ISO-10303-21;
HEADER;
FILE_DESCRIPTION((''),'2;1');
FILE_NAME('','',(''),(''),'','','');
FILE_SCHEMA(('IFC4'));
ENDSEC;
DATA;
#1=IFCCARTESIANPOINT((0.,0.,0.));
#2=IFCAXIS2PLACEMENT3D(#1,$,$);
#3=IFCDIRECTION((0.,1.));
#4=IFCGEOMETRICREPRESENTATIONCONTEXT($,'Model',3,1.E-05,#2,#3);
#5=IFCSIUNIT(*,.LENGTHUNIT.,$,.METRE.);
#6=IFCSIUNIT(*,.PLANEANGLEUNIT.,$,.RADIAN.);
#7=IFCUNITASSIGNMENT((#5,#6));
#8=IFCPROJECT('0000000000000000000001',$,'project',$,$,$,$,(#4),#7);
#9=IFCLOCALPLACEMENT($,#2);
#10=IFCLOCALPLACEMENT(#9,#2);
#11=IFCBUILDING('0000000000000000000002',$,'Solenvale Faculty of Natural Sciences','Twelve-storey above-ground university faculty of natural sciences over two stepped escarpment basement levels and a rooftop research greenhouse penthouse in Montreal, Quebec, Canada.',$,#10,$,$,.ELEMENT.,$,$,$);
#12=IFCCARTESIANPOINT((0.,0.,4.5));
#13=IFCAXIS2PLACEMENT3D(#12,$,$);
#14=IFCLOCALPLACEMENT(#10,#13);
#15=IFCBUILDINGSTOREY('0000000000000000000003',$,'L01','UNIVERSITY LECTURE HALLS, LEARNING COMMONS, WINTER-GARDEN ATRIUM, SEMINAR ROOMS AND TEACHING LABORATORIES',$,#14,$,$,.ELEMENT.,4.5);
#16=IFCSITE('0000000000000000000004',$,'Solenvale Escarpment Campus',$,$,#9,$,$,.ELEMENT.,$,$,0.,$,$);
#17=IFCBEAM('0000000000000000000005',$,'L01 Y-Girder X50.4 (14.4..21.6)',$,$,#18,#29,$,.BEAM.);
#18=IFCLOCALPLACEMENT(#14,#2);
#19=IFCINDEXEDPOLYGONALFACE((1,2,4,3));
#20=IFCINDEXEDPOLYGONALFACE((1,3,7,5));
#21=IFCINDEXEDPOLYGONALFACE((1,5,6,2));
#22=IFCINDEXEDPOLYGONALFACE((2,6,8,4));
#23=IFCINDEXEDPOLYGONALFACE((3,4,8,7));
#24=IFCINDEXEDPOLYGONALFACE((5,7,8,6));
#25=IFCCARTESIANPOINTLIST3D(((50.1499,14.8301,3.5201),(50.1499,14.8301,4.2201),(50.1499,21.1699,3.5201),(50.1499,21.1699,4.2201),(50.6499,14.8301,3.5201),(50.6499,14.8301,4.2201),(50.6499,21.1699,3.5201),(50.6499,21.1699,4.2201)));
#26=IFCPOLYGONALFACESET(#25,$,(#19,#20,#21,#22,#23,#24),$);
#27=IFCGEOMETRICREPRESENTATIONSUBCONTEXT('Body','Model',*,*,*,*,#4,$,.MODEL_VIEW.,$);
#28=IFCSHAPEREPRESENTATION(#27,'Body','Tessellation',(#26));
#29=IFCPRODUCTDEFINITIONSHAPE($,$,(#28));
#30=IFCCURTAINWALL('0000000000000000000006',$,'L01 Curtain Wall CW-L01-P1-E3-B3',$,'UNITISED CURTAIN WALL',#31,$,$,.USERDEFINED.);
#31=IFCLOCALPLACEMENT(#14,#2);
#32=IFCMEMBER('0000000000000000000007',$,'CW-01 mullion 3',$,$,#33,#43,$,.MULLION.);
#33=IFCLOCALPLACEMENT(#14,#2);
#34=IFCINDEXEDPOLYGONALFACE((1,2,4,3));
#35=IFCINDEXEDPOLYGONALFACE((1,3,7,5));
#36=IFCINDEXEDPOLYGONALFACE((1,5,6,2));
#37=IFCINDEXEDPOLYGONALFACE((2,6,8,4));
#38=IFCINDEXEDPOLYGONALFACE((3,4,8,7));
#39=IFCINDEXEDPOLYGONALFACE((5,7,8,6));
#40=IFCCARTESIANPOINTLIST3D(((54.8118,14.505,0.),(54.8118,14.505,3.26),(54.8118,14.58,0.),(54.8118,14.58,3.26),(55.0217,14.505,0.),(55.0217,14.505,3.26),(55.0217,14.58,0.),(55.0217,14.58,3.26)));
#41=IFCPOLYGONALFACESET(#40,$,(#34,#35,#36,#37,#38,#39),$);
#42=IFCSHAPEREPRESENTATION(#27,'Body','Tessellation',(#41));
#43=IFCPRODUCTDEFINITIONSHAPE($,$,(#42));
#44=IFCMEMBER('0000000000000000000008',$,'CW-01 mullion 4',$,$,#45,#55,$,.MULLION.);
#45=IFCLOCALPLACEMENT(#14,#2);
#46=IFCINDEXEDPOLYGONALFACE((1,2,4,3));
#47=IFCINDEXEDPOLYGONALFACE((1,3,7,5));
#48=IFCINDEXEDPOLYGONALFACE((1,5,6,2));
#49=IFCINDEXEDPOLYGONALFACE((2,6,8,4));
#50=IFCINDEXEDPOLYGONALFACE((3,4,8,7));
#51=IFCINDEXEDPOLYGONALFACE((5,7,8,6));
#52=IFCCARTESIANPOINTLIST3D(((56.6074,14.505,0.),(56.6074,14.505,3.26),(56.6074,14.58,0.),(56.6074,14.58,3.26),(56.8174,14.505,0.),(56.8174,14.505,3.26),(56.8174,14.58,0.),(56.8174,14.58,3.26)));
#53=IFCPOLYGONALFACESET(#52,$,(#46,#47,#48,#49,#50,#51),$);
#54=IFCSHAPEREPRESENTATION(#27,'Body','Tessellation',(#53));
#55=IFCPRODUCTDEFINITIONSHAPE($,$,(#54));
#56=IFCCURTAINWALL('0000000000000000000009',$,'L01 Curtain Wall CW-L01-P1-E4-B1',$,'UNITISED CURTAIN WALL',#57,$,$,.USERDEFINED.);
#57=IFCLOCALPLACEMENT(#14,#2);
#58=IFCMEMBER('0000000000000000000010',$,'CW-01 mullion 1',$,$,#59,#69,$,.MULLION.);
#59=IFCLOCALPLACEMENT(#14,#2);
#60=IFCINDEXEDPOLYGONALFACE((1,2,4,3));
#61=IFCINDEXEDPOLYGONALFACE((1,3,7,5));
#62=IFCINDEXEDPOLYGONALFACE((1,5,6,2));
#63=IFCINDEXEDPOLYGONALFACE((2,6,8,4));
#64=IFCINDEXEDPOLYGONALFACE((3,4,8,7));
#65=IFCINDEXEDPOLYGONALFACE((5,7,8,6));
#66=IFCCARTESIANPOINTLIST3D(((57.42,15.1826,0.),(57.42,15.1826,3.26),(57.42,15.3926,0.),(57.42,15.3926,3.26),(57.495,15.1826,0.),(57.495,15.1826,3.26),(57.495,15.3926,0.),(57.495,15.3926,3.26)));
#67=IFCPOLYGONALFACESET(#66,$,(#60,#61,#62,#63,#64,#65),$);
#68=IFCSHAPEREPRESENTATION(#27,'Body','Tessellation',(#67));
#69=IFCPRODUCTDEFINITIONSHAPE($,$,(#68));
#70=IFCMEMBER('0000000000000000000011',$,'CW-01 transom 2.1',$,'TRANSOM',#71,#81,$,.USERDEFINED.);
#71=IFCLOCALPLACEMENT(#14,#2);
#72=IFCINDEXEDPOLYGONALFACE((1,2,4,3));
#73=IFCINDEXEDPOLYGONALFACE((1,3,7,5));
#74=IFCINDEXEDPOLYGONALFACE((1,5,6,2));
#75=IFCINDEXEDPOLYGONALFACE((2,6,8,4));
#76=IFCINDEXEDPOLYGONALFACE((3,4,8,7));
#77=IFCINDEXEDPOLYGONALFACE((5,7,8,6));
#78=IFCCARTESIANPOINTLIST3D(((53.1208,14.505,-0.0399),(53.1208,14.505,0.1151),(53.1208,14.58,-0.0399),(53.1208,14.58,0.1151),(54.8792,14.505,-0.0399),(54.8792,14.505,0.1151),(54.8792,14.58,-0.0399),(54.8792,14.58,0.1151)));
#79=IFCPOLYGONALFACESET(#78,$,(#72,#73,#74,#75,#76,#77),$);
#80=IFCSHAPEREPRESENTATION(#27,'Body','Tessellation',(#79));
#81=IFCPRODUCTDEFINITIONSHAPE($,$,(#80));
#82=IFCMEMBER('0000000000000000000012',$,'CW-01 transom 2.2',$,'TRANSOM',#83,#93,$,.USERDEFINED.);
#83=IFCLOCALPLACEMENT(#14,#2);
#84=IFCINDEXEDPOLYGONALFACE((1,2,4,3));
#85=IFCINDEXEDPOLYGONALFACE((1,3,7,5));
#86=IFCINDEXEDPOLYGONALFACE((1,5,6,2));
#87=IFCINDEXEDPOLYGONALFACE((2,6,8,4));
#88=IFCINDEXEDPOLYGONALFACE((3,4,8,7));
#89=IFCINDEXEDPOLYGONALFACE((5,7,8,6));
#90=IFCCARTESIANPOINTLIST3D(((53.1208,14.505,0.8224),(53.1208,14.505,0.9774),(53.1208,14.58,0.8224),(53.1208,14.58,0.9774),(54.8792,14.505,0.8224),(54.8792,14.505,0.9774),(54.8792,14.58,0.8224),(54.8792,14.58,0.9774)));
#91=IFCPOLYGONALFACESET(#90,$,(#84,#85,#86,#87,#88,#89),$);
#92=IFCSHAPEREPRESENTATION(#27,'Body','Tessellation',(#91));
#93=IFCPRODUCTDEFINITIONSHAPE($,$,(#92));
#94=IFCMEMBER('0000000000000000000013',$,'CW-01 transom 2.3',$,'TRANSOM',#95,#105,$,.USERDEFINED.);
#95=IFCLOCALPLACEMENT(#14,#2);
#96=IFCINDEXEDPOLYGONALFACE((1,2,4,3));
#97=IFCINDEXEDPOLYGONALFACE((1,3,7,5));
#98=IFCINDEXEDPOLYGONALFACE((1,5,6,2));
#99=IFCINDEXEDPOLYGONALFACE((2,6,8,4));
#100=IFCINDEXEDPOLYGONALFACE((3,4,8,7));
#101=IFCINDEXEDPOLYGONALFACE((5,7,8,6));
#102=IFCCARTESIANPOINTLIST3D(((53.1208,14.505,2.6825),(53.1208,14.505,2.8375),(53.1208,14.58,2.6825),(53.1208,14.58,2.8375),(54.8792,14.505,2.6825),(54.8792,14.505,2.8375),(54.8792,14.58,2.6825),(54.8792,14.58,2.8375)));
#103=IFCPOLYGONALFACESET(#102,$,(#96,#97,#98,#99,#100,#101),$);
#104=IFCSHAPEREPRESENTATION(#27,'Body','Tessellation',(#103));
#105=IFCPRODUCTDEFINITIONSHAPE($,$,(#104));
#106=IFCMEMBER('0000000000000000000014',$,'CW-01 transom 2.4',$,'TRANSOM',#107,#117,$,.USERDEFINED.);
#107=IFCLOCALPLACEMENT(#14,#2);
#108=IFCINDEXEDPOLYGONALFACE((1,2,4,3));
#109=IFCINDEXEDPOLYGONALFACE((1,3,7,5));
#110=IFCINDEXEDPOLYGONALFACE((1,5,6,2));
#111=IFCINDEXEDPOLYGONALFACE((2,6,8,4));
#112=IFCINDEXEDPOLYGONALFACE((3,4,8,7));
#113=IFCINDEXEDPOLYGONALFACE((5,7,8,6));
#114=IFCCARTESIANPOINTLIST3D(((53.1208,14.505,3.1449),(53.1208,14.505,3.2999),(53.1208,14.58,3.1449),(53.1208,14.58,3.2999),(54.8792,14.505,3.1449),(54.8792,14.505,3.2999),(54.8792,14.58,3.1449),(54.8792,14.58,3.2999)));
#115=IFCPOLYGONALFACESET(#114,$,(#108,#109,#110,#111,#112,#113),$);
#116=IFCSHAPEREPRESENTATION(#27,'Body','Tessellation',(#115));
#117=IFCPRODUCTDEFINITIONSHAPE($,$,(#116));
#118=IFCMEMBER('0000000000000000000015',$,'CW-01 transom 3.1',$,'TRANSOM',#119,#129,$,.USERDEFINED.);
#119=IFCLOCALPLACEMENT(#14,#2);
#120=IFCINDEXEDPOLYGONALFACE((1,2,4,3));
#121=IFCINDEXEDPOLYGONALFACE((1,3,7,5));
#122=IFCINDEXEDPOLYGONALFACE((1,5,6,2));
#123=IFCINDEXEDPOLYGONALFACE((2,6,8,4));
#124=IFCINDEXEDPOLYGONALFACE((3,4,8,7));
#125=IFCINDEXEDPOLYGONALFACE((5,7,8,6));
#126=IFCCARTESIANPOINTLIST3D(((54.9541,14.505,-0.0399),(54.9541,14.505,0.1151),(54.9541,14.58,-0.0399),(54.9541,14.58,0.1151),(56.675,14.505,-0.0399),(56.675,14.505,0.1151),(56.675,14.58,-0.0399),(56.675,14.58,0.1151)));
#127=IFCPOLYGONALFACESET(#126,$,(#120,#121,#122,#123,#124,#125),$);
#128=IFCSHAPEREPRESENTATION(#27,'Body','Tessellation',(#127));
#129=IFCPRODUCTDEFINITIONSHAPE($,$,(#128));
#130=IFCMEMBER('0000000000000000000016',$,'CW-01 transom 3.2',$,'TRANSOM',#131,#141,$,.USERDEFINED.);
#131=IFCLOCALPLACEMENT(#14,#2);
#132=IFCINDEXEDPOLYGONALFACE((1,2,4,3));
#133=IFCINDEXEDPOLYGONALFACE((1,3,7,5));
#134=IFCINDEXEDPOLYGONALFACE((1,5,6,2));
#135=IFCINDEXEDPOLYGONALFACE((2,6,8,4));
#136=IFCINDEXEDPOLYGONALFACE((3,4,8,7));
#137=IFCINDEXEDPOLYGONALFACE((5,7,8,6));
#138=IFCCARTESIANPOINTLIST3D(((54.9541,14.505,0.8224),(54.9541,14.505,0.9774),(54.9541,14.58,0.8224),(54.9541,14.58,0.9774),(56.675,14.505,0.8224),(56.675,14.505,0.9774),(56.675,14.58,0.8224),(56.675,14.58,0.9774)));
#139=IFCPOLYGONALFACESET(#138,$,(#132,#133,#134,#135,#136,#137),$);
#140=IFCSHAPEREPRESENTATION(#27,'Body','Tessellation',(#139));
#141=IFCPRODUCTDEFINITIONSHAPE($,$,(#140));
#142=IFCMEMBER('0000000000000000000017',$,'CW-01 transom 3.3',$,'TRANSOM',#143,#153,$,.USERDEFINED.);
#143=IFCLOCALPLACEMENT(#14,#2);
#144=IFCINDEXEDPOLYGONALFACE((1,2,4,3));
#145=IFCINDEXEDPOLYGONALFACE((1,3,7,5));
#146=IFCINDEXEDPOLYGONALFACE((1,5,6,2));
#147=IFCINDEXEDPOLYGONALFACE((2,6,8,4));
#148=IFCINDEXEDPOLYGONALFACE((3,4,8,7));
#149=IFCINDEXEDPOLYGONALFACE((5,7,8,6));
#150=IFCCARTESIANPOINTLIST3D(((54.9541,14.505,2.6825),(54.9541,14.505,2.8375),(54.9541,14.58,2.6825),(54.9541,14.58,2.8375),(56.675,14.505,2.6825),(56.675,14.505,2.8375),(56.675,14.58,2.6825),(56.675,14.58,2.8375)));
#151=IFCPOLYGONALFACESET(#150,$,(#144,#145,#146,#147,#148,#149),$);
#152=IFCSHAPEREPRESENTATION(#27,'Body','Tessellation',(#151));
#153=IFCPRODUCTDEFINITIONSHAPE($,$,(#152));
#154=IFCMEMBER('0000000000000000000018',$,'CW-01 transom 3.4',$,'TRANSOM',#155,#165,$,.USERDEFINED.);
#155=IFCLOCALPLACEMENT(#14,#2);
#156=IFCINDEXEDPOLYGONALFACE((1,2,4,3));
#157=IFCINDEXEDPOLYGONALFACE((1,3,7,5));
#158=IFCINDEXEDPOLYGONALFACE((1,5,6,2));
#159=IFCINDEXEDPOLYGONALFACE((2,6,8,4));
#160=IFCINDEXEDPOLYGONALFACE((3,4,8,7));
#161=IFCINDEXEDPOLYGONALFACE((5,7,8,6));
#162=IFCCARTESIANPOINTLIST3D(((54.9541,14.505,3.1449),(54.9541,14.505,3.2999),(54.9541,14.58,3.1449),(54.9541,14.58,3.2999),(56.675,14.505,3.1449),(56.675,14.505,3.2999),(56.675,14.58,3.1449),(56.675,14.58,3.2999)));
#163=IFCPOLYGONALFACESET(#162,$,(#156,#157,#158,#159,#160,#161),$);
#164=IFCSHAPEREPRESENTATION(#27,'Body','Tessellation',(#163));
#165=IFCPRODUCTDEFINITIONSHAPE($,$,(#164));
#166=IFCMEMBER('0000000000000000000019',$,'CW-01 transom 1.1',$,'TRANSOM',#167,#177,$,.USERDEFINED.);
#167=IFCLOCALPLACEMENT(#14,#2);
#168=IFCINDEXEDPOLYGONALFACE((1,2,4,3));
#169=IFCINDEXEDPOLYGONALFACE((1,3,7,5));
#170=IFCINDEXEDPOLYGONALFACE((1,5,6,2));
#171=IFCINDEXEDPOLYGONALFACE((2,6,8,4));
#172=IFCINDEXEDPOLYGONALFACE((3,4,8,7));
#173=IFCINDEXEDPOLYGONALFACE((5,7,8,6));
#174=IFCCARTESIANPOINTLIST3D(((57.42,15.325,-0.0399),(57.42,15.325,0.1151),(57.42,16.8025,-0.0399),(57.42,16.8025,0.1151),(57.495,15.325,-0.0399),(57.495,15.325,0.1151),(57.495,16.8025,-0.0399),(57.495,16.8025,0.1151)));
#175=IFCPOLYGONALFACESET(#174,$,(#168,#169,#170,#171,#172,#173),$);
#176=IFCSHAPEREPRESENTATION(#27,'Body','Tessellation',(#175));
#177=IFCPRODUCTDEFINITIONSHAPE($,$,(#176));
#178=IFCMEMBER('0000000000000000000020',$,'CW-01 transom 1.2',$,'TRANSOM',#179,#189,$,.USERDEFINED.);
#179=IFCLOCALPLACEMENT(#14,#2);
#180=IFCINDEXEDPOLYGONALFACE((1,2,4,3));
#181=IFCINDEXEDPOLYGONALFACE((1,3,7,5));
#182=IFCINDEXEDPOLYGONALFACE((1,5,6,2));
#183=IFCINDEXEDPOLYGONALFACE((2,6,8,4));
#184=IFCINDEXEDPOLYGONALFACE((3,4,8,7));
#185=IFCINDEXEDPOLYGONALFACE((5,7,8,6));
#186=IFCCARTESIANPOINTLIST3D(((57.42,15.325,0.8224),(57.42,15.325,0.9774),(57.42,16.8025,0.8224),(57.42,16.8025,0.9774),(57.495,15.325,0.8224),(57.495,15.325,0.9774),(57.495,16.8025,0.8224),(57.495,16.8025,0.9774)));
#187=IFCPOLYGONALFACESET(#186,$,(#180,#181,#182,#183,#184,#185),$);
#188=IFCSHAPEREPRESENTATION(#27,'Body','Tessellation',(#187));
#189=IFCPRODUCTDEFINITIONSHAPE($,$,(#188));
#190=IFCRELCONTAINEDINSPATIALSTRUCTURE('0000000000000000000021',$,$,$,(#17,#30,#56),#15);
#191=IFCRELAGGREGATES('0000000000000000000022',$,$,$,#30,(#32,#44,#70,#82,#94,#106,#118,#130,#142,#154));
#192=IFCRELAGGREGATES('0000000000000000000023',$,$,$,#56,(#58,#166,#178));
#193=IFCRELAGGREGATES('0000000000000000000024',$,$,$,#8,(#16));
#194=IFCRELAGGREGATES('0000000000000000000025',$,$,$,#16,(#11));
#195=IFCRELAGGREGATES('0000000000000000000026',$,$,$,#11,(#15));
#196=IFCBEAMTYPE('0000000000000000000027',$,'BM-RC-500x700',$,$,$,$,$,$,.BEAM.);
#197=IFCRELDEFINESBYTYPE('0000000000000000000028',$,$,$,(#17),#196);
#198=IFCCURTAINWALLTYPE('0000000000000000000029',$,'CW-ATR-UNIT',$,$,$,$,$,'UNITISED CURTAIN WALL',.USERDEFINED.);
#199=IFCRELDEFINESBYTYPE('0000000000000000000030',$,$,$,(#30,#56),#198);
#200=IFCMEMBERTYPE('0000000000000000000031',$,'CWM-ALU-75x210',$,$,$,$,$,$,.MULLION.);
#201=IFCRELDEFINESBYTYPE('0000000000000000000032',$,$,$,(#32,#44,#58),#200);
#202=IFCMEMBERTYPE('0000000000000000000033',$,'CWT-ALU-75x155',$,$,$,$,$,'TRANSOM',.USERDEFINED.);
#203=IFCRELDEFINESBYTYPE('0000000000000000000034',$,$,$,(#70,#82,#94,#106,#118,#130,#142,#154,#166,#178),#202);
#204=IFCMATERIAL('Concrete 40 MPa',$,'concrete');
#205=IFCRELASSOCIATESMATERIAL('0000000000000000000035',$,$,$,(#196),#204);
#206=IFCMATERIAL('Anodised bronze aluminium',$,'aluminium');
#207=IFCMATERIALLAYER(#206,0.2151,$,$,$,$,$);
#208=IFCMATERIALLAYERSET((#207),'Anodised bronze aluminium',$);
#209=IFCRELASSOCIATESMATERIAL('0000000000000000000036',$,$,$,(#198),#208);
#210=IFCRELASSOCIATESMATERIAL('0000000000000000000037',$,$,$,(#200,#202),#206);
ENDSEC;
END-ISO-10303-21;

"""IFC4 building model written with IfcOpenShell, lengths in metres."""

from ifc_helpers import new_model, si_unit, direction, frame, origin, origin_2d, place, context, subcontext, project, spatial, rectangle, extrude, material, layer, layer_set, material_profile, profile_set, type_object, element, aggregate, save


model = new_model("IFC4")

# Units and contexts
model_context = context("Model", 3, precision=1e-05, world=origin(), true_north=direction((0.0, 1.0)))
body_context = subcontext(model_context, "Body", "Model", "MODEL_VIEW")
ifc_project = project(units=[si_unit("LENGTHUNIT", "METRE"), si_unit("PLANEANGLEUNIT", "RADIAN")], contexts=[model_context])

# Site, building, storey
site_placement = place(None, origin())
site = spatial("IfcSite", under=ifc_project, at=site_placement, Name="Solenvale Escarpment Campus", CompositionType="ELEMENT", RefElevation=0.0)
building_placement = place(site_placement, origin())
building = spatial("IfcBuilding", under=site, at=building_placement, Name="Solenvale Faculty of Natural Sciences", Description="Twelve-storey above-ground university faculty of natural sciences over two stepped escarpment basement levels and a rooftop research greenhouse penthouse in Montreal, Quebec, Canada.", CompositionType="ELEMENT")
storey_placement = place(building_placement, frame((0.0, 0.0, 4.5)))
storey = spatial("IfcBuildingStorey", under=building, at=storey_placement, Name="L01", Description="UNIVERSITY LECTURE HALLS, LEARNING COMMONS, WINTER-GARDEN ATRIUM, SEMINAR ROOMS AND TEACHING LABORATORIES", CompositionType="ELEMENT", Elevation=4.5)

# Beam
ifc_material_1 = material(Name="Concrete 40 MPa", Category="concrete")
ifc_material_profile_1 = material_profile(ifc_material_1, rectangle(XDim=0.5, YDim=0.7, at=origin_2d()), Name="RC-BM-500x700")
ifc_profile_set_1 = profile_set([ifc_material_profile_1], Name="Concrete 40 MPa")
beam_type = type_object("IfcBeamType", Name="BM-RC-500x700", PredefinedType="BEAM", material=ifc_profile_set_1)
beam_placement = place(storey_placement, frame((50.3999, 14.8301, 3.8701), z_axis=(0.0, 1.0, 0.0), x_axis=(-1.0, 0.0, 0.0)))
element("IfcBeam", 1, at=beam_placement, inside=storey, type_object=beam_type, Name="L01 Y-Girder X50.4 (14.4..21.6)", PredefinedType="BEAM", context=body_context, shape_type="SweptSolid", body=[
    extrude(rectangle(XDim=0.5, YDim=0.7, at=origin_2d()), origin(), (0.0, 0.0, 1.0), 6.3398),
])

# Curtain wall, members
ifc_material_2 = material(Name="Anodised bronze aluminium", Category="aluminium")
ifc_layer_1 = layer(ifc_material_2, 0.2151)
ifc_layer_set_1 = layer_set([ifc_layer_1], Name="Anodised bronze aluminium")
curtain_wall_type = type_object("IfcCurtainWallType", Name="CW-ATR-UNIT", ElementType="UNITISED CURTAIN WALL", PredefinedType="USERDEFINED", material=ifc_layer_set_1)
curtain_wall_1_placement = place(storey_placement, origin())
curtain_wall_1 = element("IfcCurtainWall", 2, at=curtain_wall_1_placement, inside=storey, type_object=curtain_wall_type, Name="L01 Curtain Wall CW-L01-P1-E3-B3", ObjectType="UNITISED CURTAIN WALL", PredefinedType="USERDEFINED")
ifc_material_profile_2 = material_profile(ifc_material_2, rectangle(XDim=0.075, YDim=0.21, at=origin_2d()), Name="ALU-MUL-75x210")
ifc_profile_set_2 = profile_set([ifc_material_profile_2], Name="Anodised bronze aluminium")
member_type_1 = type_object("IfcMemberType", Name="CWM-ALU-75x210", PredefinedType="MULLION", material=ifc_profile_set_2)
member_1_placement = place(storey_placement, frame((54.9167, 14.5425, 0.0), z_axis=(0.0, 0.0, 1.0), x_axis=(0.0, 1.0, 0.0)))
member_1 = element("IfcMember", 3, at=member_1_placement, type_object=member_type_1, Name="CW-01 mullion 3", PredefinedType="MULLION", context=body_context, shape_type="SweptSolid", body=[
    extrude(rectangle(XDim=0.075, YDim=0.21, at=origin_2d()), origin(), (0.0, 0.0, 1.0), 3.26),
])
member_2_placement = place(storey_placement, frame((56.7124, 14.5425, 0.0), z_axis=(0.0, 0.0, 1.0), x_axis=(0.0, 1.0, 0.0)))
member_2 = element("IfcMember", 4, at=member_2_placement, type_object=member_type_1, Name="CW-01 mullion 4", PredefinedType="MULLION", context=body_context, shape_type="SweptSolid", body=[
    extrude(rectangle(XDim=0.075, YDim=0.21, at=origin_2d()), origin(), (0.0, 0.0, 1.0), 3.26),
])

# Curtain wall, member
curtain_wall_2_placement = place(storey_placement, origin())
curtain_wall_2 = element("IfcCurtainWall", 5, at=curtain_wall_2_placement, inside=storey, type_object=curtain_wall_type, Name="L01 Curtain Wall CW-L01-P1-E4-B1", ObjectType="UNITISED CURTAIN WALL", PredefinedType="USERDEFINED")
member_3_placement = place(storey_placement, frame((57.4575, 15.2876, 0.0), z_axis=(0.0, 0.0, 1.0), x_axis=(-1.0, 0.0, 0.0)))
member_3 = element("IfcMember", 6, at=member_3_placement, type_object=member_type_1, Name="CW-01 mullion 1", PredefinedType="MULLION", context=body_context, shape_type="SweptSolid", body=[
    extrude(rectangle(XDim=0.075, YDim=0.21, at=origin_2d()), origin(), (0.0, 0.0, 1.0), 3.26),
])

# Members
ifc_material_profile_3 = material_profile(ifc_material_2, rectangle(XDim=0.075, YDim=0.155, at=origin_2d()), Name="ALU-TRN-75x155")
ifc_profile_set_3 = profile_set([ifc_material_profile_3], Name="Anodised bronze aluminium")
member_type_2 = type_object("IfcMemberType", Name="CWT-ALU-75x155", ElementType="TRANSOM", PredefinedType="USERDEFINED", material=ifc_profile_set_3)
member_4_placement = place(storey_placement, frame((53.1208, 14.5425, 0.0376), z_axis=(1.0, 0.0, 0.0), x_axis=(0.0, 1.0, 0.0)))
member_4 = element("IfcMember", 7, at=member_4_placement, type_object=member_type_2, Name="CW-01 transom 2.1", ObjectType="TRANSOM", PredefinedType="USERDEFINED", context=body_context, shape_type="SweptSolid", body=[
    extrude(rectangle(XDim=0.075, YDim=0.155, at=origin_2d()), origin(), (0.0, 0.0, 1.0), 1.7583),
])
member_5_placement = place(storey_placement, frame((53.1208, 14.5425, 0.8999), z_axis=(1.0, 0.0, 0.0), x_axis=(0.0, 1.0, 0.0)))
member_5 = element("IfcMember", 8, at=member_5_placement, type_object=member_type_2, Name="CW-01 transom 2.2", ObjectType="TRANSOM", PredefinedType="USERDEFINED", context=body_context, shape_type="SweptSolid", body=[
    extrude(rectangle(XDim=0.075, YDim=0.155, at=origin_2d()), origin(), (0.0, 0.0, 1.0), 1.7583),
])
member_6_placement = place(storey_placement, frame((53.1208, 14.5425, 2.76), z_axis=(1.0, 0.0, 0.0), x_axis=(0.0, 1.0, 0.0)))
member_6 = element("IfcMember", 9, at=member_6_placement, type_object=member_type_2, Name="CW-01 transom 2.3", ObjectType="TRANSOM", PredefinedType="USERDEFINED", context=body_context, shape_type="SweptSolid", body=[
    extrude(rectangle(XDim=0.075, YDim=0.155, at=origin_2d()), origin(), (0.0, 0.0, 1.0), 1.7583),
])
member_7_placement = place(storey_placement, frame((53.1208, 14.5425, 3.2224), z_axis=(1.0, 0.0, 0.0), x_axis=(0.0, 1.0, 0.0)))
member_7 = element("IfcMember", 10, at=member_7_placement, type_object=member_type_2, Name="CW-01 transom 2.4", ObjectType="TRANSOM", PredefinedType="USERDEFINED", context=body_context, shape_type="SweptSolid", body=[
    extrude(rectangle(XDim=0.075, YDim=0.155, at=origin_2d()), origin(), (0.0, 0.0, 1.0), 1.7583),
])
member_8_placement = place(storey_placement, frame((54.9541, 14.5425, 0.0376), z_axis=(1.0, 0.0, 0.0), x_axis=(0.0, 1.0, 0.0)))
member_8 = element("IfcMember", 11, at=member_8_placement, type_object=member_type_2, Name="CW-01 transom 3.1", ObjectType="TRANSOM", PredefinedType="USERDEFINED", context=body_context, shape_type="SweptSolid", body=[
    extrude(rectangle(XDim=0.075, YDim=0.155, at=origin_2d()), origin(), (0.0, 0.0, 1.0), 1.7209),
])
member_9_placement = place(storey_placement, frame((54.9541, 14.5425, 0.8999), z_axis=(1.0, 0.0, 0.0), x_axis=(0.0, 1.0, 0.0)))
member_9 = element("IfcMember", 12, at=member_9_placement, type_object=member_type_2, Name="CW-01 transom 3.2", ObjectType="TRANSOM", PredefinedType="USERDEFINED", context=body_context, shape_type="SweptSolid", body=[
    extrude(rectangle(XDim=0.075, YDim=0.155, at=origin_2d()), origin(), (0.0, 0.0, 1.0), 1.7209),
])
member_10_placement = place(storey_placement, frame((54.9541, 14.5425, 2.76), z_axis=(1.0, 0.0, 0.0), x_axis=(0.0, 1.0, 0.0)))
member_10 = element("IfcMember", 13, at=member_10_placement, type_object=member_type_2, Name="CW-01 transom 3.3", ObjectType="TRANSOM", PredefinedType="USERDEFINED", context=body_context, shape_type="SweptSolid", body=[
    extrude(rectangle(XDim=0.075, YDim=0.155, at=origin_2d()), origin(), (0.0, 0.0, 1.0), 1.7209),
])
member_11_placement = place(storey_placement, frame((54.9541, 14.5425, 3.2224), z_axis=(1.0, 0.0, 0.0), x_axis=(0.0, 1.0, 0.0)))
member_11 = element("IfcMember", 14, at=member_11_placement, type_object=member_type_2, Name="CW-01 transom 3.4", ObjectType="TRANSOM", PredefinedType="USERDEFINED", context=body_context, shape_type="SweptSolid", body=[
    extrude(rectangle(XDim=0.075, YDim=0.155, at=origin_2d()), origin(), (0.0, 0.0, 1.0), 1.7209),
])
member_12_placement = place(storey_placement, frame((57.4575, 15.325, 0.0376), z_axis=(0.0, 1.0, 0.0), x_axis=(-1.0, 0.0, 0.0)))
member_12 = element("IfcMember", 15, at=member_12_placement, type_object=member_type_2, Name="CW-01 transom 1.1", ObjectType="TRANSOM", PredefinedType="USERDEFINED", context=body_context, shape_type="SweptSolid", body=[
    extrude(rectangle(XDim=0.075, YDim=0.155, at=origin_2d()), origin(), (0.0, 0.0, 1.0), 1.4775),
])
member_13_placement = place(storey_placement, frame((57.4575, 15.325, 0.8999), z_axis=(0.0, 1.0, 0.0), x_axis=(-1.0, 0.0, 0.0)))
member_13 = element("IfcMember", 16, at=member_13_placement, type_object=member_type_2, Name="CW-01 transom 1.2", ObjectType="TRANSOM", PredefinedType="USERDEFINED", context=body_context, shape_type="SweptSolid", body=[
    extrude(rectangle(XDim=0.075, YDim=0.155, at=origin_2d()), origin(), (0.0, 0.0, 1.0), 1.4775),
])

aggregate(curtain_wall_1, [member_1, member_2, member_4, member_5, member_6, member_7, member_8, member_9, member_10, member_11])
aggregate(curtain_wall_2, [member_3, member_12, member_13])

save(model, "model.ifc")
